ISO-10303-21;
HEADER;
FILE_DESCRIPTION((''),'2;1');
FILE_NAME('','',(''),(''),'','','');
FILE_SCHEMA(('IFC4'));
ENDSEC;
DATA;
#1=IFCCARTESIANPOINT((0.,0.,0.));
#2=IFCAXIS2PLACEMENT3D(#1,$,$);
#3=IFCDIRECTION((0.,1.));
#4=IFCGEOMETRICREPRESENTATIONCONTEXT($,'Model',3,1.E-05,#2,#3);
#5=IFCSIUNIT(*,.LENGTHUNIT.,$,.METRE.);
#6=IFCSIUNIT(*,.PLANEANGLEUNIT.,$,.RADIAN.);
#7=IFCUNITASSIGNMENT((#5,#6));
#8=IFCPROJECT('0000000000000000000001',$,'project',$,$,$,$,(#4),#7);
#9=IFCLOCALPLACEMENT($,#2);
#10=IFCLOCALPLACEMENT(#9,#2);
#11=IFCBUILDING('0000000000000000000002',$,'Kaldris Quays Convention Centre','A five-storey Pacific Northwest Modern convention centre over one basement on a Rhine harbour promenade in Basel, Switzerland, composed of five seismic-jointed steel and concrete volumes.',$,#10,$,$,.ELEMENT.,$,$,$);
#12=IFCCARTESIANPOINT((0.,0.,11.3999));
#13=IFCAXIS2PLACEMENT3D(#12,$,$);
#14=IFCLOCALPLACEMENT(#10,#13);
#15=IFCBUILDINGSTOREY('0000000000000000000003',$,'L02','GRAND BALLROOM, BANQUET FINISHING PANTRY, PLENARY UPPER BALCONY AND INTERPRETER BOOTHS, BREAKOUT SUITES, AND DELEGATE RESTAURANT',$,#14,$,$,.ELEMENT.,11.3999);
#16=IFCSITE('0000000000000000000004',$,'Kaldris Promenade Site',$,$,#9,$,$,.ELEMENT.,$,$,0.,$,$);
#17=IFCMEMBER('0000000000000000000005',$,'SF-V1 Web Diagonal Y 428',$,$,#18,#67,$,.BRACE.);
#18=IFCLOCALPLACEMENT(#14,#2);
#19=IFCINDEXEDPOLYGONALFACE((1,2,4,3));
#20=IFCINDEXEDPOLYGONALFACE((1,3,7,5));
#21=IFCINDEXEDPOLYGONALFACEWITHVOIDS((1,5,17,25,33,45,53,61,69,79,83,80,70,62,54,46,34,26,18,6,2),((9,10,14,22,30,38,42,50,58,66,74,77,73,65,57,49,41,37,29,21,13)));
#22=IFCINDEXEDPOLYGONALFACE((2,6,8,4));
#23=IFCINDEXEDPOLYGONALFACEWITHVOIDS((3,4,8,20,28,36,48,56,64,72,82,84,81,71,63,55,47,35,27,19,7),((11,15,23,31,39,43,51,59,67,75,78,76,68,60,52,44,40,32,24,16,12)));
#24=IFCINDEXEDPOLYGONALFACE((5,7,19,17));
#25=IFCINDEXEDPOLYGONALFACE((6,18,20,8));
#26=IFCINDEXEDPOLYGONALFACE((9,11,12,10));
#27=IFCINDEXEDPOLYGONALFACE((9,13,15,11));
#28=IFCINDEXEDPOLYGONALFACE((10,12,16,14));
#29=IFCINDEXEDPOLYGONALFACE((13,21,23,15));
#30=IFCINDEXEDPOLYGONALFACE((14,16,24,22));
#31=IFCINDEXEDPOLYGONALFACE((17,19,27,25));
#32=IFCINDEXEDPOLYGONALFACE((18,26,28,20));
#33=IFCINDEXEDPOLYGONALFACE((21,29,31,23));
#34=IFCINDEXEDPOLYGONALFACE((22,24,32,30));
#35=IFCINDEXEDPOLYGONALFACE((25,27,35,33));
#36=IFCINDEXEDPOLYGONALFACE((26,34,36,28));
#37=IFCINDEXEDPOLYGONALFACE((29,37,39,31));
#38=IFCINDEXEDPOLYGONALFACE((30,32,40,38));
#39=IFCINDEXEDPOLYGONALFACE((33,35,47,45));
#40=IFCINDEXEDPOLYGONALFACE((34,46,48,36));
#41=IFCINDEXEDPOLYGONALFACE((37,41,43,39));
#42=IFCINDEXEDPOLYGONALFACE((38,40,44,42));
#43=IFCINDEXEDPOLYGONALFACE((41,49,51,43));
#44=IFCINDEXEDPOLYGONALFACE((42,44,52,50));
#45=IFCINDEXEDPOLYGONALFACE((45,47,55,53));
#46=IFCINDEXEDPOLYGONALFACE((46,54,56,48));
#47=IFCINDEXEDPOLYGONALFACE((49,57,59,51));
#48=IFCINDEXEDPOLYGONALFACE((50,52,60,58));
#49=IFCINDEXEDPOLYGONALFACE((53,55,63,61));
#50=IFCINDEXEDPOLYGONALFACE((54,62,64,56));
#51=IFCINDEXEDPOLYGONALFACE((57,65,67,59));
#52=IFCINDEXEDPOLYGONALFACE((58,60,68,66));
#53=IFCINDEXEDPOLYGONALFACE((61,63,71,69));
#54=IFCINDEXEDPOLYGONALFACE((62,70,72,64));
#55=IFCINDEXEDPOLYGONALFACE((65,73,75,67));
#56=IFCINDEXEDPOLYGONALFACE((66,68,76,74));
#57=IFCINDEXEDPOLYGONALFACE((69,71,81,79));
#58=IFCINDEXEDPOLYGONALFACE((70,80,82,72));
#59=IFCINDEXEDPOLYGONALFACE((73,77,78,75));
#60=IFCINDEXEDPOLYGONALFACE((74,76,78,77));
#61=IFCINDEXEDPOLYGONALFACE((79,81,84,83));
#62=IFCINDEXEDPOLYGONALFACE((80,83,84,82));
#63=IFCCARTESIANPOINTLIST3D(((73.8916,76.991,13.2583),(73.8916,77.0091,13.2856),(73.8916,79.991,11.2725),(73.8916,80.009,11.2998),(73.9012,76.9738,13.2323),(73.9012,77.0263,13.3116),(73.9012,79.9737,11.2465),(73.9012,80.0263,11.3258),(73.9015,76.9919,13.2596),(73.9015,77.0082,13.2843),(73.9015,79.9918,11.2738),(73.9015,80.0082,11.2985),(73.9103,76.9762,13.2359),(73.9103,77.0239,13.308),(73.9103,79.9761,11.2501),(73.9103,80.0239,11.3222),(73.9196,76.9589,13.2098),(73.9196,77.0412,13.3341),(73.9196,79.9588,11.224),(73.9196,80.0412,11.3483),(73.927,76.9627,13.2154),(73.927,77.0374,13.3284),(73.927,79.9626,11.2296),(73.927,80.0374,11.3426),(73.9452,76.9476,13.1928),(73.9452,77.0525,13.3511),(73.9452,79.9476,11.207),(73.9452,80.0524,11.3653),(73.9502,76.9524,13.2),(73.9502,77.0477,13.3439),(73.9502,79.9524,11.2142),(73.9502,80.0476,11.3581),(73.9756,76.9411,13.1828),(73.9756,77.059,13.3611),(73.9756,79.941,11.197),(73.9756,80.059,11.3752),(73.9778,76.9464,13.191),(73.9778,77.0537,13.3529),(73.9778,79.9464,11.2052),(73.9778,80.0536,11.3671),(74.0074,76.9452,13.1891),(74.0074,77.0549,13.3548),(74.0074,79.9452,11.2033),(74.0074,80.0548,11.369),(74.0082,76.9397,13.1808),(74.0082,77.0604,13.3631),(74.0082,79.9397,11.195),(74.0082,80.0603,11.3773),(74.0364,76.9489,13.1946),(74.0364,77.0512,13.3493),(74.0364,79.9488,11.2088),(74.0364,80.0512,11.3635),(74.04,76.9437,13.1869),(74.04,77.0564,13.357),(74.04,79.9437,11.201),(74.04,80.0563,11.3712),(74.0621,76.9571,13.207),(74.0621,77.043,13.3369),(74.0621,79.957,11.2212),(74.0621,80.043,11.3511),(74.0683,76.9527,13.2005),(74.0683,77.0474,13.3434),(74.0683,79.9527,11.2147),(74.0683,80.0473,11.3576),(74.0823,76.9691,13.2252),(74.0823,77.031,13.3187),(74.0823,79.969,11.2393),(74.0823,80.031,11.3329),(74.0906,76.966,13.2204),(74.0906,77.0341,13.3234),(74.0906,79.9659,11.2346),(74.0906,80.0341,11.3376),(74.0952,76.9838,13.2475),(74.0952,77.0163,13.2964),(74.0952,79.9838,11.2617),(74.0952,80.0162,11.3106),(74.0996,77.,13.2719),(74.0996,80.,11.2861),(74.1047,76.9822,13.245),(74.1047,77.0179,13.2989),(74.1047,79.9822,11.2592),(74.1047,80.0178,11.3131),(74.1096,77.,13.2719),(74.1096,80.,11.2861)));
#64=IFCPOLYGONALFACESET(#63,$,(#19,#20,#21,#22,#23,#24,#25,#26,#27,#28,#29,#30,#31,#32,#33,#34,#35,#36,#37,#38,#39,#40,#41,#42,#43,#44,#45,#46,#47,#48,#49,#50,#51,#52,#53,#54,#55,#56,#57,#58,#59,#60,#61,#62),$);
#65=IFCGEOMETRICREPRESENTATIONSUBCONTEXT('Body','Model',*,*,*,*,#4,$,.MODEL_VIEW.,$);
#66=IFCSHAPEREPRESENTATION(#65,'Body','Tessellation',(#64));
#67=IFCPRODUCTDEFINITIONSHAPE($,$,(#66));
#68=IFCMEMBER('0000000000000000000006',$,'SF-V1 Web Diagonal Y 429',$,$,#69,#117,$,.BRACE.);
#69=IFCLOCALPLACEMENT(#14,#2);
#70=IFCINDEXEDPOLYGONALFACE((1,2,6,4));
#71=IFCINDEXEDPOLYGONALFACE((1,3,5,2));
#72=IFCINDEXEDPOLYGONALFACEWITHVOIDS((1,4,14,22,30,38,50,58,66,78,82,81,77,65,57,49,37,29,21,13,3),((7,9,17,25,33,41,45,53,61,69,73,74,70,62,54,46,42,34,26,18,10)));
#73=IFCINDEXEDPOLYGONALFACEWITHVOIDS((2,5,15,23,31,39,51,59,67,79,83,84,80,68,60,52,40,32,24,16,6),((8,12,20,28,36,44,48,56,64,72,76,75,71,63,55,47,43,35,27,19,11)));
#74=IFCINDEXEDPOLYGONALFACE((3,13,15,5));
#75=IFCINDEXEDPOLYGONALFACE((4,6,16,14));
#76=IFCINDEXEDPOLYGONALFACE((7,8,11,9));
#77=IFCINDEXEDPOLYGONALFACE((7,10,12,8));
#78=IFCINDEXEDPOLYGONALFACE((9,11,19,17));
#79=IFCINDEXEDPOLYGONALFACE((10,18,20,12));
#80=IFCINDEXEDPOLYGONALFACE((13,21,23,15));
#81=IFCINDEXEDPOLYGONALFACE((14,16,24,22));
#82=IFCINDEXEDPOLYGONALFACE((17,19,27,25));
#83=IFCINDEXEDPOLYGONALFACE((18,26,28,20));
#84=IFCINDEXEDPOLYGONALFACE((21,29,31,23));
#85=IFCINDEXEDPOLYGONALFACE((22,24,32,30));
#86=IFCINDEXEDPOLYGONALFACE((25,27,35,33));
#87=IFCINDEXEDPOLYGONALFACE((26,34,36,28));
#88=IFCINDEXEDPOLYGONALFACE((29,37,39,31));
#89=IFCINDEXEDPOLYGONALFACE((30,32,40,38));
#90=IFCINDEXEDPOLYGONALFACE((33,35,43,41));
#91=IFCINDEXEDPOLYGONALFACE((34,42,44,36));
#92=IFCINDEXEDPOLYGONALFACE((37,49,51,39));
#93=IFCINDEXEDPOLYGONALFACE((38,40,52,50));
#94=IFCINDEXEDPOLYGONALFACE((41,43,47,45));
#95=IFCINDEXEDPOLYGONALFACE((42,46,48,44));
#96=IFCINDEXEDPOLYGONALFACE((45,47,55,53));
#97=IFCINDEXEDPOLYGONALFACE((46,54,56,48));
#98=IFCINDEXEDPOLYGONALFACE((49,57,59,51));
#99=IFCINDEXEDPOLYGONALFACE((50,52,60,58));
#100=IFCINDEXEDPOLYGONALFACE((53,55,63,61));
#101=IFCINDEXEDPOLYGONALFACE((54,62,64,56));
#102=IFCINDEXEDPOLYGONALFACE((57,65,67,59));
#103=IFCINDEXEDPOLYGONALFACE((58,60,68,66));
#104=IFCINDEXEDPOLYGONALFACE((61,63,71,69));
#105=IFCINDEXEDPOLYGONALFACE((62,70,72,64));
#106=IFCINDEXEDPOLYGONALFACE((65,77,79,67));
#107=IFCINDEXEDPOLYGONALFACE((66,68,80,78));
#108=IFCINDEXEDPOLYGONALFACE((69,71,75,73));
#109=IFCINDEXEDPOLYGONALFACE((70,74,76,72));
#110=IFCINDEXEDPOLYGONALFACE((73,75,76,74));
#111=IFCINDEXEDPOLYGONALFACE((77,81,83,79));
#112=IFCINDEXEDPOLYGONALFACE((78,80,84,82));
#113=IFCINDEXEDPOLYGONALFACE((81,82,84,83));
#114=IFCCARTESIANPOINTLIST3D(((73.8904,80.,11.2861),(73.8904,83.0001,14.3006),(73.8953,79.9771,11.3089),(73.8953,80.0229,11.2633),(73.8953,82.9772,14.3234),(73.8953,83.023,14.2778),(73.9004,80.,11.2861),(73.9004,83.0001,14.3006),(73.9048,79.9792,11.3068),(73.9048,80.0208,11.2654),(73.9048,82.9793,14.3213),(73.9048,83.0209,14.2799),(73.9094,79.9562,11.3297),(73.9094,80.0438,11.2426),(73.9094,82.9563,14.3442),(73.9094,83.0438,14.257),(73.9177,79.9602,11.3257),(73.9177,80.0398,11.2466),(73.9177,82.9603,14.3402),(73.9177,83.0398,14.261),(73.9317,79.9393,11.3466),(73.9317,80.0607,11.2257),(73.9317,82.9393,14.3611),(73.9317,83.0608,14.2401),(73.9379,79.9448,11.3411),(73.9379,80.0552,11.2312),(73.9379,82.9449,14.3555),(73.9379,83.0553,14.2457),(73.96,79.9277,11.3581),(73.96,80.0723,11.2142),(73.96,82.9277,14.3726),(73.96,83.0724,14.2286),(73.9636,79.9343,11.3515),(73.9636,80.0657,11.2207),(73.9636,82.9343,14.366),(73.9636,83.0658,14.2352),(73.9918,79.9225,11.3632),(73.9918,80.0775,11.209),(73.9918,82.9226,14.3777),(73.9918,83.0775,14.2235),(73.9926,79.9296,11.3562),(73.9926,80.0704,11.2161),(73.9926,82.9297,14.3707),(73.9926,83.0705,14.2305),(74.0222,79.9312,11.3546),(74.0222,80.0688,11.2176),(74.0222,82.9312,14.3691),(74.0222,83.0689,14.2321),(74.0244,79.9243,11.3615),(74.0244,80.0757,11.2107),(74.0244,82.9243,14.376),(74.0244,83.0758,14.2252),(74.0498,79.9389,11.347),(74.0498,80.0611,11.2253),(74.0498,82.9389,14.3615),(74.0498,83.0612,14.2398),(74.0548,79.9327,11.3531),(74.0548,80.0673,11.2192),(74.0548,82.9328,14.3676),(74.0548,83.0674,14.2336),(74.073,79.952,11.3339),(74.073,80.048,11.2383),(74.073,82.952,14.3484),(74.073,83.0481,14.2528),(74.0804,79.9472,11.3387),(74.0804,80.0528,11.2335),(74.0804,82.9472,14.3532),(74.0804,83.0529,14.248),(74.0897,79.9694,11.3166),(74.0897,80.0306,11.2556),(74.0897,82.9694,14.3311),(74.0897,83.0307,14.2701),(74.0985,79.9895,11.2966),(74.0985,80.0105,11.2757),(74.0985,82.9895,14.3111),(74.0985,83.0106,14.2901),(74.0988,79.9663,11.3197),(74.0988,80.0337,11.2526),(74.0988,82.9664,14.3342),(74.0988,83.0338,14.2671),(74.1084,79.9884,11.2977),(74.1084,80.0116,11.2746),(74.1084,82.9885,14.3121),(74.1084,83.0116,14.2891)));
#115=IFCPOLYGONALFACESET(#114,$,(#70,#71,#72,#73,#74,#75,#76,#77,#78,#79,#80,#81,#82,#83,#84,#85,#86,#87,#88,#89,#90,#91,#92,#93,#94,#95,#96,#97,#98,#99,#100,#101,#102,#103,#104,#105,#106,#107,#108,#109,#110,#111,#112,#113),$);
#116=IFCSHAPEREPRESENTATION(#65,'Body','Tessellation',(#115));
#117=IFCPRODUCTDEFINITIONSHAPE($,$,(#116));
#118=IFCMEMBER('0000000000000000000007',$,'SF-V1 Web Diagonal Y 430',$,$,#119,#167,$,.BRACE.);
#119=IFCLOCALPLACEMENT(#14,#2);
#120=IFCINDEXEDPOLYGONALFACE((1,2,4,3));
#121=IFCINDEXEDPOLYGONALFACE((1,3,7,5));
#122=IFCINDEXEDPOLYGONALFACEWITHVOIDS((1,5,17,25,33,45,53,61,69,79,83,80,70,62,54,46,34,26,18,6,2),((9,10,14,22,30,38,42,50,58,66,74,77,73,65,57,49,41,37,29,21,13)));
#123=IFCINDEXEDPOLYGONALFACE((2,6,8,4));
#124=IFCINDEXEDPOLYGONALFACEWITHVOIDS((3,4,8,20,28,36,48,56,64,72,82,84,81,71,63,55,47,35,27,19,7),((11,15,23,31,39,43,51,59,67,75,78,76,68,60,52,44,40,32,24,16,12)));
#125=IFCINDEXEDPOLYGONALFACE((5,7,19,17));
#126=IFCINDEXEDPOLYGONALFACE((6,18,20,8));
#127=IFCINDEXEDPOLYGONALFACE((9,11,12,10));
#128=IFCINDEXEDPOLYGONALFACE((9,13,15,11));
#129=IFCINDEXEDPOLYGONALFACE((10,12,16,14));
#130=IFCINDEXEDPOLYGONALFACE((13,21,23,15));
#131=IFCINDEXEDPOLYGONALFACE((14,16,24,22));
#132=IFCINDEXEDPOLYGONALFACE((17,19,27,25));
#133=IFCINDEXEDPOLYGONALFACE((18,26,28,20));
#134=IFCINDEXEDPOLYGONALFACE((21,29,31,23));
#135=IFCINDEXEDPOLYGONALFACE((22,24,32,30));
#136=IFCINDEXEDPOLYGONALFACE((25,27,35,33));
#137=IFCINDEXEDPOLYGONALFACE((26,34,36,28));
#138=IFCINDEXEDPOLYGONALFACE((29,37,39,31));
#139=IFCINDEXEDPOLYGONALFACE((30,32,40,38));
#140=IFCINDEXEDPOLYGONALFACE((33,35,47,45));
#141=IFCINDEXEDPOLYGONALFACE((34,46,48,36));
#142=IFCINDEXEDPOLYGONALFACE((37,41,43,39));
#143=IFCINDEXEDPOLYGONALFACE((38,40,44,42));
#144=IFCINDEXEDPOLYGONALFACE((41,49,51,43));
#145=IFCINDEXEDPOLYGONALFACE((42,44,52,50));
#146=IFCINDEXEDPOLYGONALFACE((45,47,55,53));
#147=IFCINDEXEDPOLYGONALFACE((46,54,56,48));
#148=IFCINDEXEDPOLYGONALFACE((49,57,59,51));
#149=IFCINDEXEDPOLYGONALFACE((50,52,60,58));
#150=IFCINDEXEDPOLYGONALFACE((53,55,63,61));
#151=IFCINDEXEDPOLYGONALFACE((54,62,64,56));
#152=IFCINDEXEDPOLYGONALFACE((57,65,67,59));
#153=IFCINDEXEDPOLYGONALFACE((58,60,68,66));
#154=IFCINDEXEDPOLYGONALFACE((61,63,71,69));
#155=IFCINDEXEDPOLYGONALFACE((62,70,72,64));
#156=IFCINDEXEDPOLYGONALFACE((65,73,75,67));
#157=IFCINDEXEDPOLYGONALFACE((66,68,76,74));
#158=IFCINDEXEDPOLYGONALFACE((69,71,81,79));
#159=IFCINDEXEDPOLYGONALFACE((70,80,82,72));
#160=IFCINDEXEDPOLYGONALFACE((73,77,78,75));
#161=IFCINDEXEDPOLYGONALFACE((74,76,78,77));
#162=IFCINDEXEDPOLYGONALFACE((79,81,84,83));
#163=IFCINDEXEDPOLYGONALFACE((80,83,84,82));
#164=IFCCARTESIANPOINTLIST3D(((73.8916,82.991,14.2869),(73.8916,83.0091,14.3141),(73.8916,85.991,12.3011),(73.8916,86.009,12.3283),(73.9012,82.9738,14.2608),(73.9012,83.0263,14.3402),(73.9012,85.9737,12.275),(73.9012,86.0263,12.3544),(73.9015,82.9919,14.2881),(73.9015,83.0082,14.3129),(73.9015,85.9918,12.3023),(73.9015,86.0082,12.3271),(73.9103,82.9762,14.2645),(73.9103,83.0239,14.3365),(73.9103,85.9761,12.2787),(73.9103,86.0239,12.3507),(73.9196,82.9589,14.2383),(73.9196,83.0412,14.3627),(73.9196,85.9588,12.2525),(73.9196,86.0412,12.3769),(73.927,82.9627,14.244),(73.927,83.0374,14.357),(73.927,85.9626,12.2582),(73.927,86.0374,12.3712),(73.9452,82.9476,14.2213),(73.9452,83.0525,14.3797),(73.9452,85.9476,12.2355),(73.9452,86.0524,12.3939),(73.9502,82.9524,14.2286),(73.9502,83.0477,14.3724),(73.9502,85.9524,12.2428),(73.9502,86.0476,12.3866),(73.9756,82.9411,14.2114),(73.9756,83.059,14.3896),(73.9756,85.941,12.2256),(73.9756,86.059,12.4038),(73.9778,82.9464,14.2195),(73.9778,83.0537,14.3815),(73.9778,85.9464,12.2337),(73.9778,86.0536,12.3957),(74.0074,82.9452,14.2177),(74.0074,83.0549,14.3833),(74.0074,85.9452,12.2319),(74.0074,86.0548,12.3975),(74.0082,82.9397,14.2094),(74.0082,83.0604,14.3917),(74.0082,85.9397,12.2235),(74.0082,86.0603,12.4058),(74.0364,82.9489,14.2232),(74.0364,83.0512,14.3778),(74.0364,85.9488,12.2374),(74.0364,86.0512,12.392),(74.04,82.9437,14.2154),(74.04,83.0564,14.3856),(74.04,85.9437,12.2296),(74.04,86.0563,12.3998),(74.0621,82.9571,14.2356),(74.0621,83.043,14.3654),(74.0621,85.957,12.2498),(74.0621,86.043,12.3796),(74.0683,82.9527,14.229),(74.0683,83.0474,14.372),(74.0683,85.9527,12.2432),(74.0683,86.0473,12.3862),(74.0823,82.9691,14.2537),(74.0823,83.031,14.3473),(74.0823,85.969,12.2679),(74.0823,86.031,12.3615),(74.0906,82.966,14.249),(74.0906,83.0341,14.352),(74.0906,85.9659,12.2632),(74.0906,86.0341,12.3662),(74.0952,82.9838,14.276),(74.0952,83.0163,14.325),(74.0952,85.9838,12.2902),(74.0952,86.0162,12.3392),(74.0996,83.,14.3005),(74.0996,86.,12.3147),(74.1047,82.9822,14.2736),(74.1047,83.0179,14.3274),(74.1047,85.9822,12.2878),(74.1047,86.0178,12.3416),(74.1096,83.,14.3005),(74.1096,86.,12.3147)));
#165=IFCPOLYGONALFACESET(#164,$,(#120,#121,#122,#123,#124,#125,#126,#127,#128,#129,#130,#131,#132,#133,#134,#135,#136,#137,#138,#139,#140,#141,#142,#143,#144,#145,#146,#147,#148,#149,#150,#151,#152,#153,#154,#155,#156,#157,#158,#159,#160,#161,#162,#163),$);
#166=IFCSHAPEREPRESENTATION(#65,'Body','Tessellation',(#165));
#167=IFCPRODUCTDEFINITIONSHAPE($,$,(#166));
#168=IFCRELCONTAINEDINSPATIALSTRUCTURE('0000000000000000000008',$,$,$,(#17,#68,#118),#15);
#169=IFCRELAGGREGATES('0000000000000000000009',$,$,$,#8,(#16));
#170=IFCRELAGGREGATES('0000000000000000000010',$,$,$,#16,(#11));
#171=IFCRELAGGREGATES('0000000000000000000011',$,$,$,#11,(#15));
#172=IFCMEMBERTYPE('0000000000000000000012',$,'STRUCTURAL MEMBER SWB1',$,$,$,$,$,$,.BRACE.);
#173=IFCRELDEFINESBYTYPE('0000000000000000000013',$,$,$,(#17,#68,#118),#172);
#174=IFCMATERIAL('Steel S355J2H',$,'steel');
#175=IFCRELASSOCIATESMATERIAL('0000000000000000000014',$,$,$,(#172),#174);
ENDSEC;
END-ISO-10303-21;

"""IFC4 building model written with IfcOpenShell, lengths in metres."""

from ifc_helpers import new_model, si_unit, direction, frame, origin, origin_2d, place, context, subcontext, project, spatial, hollow_circle, extrude, material, material_profile, profile_set, type_object, element, save


model = new_model("IFC4")

# Units and contexts
model_context = context("Model", 3, precision=1e-05, world=origin(), true_north=direction((0.0, 1.0)))
body_context = subcontext(model_context, "Body", "Model", "MODEL_VIEW")
ifc_project = project(units=[si_unit("LENGTHUNIT", "METRE"), si_unit("PLANEANGLEUNIT", "RADIAN")], contexts=[model_context])

# Site, building, storey
site_placement = place(None, origin())
site = spatial("IfcSite", under=ifc_project, at=site_placement, Name="Kaldris Promenade Site", CompositionType="ELEMENT", RefElevation=0.0)
building_placement = place(site_placement, origin())
building = spatial("IfcBuilding", under=site, at=building_placement, Name="Kaldris Quays Convention Centre", Description="A five-storey Pacific Northwest Modern convention centre over one basement on a Rhine harbour promenade in Basel, Switzerland, composed of five seismic-jointed steel and concrete volumes.", CompositionType="ELEMENT")
storey_placement = place(building_placement, frame((0.0, 0.0, 11.3999)))
storey = spatial("IfcBuildingStorey", under=building, at=storey_placement, Name="L02", Description="GRAND BALLROOM, BANQUET FINISHING PANTRY, PLENARY UPPER BALCONY AND INTERPRETER BOOTHS, BREAKOUT SUITES, AND DELEGATE RESTAURANT", CompositionType="ELEMENT", Elevation=11.3999)

# Members
ifc_material_1 = material(Name="Steel S355J2H", Category="steel")
ifc_material_profile_1 = material_profile(ifc_material_1, hollow_circle(Radius=0.1096, WallThickness=0.01, at=origin_2d()), Name="CHS 219.1x10")
ifc_profile_set_1 = profile_set([ifc_material_profile_1], Name="Steel S355J2H")
member_type_1 = type_object("IfcMemberType", Name="STRUCTURAL MEMBER SWB1", PredefinedType="BRACE", material=ifc_profile_set_1)
member_1_placement = place(storey_placement, frame((74.0, 80.0, 11.2861), z_axis=(0.0, -0.833862, 0.551972), x_axis=(1.0, 0.0, 0.0)))
element("IfcMember", 1, at=member_1_placement, inside=storey, type_object=member_type_1, Name="SF-V1 Web Diagonal Y 428", PredefinedType="BRACE", context=body_context, shape_type="SweptSolid", body=[
    extrude(hollow_circle(Radius=0.1096, WallThickness=0.01, at=origin_2d()), origin(), (0.0, 0.0, 1.0), 3.5977),
])
member_2_placement = place(storey_placement, frame((74.0, 80.0, 11.2861), z_axis=(0.0, 0.705411, 0.708798), x_axis=(-1.0, 0.0, 0.0)))
element("IfcMember", 2, at=member_2_placement, inside=storey, type_object=member_type_1, Name="SF-V1 Web Diagonal Y 429", PredefinedType="BRACE", context=body_context, shape_type="SweptSolid", body=[
    extrude(hollow_circle(Radius=0.1096, WallThickness=0.01, at=origin_2d()), origin(), (0.0, 0.0, 1.0), 4.2529),
])
member_3_placement = place(storey_placement, frame((74.0, 86.0, 12.3147), z_axis=(0.0, -0.833862, 0.551972), x_axis=(1.0, 0.0, 0.0)))
element("IfcMember", 3, at=member_3_placement, inside=storey, type_object=member_type_1, Name="SF-V1 Web Diagonal Y 430", PredefinedType="BRACE", context=body_context, shape_type="SweptSolid", body=[
    extrude(hollow_circle(Radius=0.1096, WallThickness=0.01, at=origin_2d()), origin(), (0.0, 0.0, 1.0), 3.5977),
])

save(model, "model.ifc")
